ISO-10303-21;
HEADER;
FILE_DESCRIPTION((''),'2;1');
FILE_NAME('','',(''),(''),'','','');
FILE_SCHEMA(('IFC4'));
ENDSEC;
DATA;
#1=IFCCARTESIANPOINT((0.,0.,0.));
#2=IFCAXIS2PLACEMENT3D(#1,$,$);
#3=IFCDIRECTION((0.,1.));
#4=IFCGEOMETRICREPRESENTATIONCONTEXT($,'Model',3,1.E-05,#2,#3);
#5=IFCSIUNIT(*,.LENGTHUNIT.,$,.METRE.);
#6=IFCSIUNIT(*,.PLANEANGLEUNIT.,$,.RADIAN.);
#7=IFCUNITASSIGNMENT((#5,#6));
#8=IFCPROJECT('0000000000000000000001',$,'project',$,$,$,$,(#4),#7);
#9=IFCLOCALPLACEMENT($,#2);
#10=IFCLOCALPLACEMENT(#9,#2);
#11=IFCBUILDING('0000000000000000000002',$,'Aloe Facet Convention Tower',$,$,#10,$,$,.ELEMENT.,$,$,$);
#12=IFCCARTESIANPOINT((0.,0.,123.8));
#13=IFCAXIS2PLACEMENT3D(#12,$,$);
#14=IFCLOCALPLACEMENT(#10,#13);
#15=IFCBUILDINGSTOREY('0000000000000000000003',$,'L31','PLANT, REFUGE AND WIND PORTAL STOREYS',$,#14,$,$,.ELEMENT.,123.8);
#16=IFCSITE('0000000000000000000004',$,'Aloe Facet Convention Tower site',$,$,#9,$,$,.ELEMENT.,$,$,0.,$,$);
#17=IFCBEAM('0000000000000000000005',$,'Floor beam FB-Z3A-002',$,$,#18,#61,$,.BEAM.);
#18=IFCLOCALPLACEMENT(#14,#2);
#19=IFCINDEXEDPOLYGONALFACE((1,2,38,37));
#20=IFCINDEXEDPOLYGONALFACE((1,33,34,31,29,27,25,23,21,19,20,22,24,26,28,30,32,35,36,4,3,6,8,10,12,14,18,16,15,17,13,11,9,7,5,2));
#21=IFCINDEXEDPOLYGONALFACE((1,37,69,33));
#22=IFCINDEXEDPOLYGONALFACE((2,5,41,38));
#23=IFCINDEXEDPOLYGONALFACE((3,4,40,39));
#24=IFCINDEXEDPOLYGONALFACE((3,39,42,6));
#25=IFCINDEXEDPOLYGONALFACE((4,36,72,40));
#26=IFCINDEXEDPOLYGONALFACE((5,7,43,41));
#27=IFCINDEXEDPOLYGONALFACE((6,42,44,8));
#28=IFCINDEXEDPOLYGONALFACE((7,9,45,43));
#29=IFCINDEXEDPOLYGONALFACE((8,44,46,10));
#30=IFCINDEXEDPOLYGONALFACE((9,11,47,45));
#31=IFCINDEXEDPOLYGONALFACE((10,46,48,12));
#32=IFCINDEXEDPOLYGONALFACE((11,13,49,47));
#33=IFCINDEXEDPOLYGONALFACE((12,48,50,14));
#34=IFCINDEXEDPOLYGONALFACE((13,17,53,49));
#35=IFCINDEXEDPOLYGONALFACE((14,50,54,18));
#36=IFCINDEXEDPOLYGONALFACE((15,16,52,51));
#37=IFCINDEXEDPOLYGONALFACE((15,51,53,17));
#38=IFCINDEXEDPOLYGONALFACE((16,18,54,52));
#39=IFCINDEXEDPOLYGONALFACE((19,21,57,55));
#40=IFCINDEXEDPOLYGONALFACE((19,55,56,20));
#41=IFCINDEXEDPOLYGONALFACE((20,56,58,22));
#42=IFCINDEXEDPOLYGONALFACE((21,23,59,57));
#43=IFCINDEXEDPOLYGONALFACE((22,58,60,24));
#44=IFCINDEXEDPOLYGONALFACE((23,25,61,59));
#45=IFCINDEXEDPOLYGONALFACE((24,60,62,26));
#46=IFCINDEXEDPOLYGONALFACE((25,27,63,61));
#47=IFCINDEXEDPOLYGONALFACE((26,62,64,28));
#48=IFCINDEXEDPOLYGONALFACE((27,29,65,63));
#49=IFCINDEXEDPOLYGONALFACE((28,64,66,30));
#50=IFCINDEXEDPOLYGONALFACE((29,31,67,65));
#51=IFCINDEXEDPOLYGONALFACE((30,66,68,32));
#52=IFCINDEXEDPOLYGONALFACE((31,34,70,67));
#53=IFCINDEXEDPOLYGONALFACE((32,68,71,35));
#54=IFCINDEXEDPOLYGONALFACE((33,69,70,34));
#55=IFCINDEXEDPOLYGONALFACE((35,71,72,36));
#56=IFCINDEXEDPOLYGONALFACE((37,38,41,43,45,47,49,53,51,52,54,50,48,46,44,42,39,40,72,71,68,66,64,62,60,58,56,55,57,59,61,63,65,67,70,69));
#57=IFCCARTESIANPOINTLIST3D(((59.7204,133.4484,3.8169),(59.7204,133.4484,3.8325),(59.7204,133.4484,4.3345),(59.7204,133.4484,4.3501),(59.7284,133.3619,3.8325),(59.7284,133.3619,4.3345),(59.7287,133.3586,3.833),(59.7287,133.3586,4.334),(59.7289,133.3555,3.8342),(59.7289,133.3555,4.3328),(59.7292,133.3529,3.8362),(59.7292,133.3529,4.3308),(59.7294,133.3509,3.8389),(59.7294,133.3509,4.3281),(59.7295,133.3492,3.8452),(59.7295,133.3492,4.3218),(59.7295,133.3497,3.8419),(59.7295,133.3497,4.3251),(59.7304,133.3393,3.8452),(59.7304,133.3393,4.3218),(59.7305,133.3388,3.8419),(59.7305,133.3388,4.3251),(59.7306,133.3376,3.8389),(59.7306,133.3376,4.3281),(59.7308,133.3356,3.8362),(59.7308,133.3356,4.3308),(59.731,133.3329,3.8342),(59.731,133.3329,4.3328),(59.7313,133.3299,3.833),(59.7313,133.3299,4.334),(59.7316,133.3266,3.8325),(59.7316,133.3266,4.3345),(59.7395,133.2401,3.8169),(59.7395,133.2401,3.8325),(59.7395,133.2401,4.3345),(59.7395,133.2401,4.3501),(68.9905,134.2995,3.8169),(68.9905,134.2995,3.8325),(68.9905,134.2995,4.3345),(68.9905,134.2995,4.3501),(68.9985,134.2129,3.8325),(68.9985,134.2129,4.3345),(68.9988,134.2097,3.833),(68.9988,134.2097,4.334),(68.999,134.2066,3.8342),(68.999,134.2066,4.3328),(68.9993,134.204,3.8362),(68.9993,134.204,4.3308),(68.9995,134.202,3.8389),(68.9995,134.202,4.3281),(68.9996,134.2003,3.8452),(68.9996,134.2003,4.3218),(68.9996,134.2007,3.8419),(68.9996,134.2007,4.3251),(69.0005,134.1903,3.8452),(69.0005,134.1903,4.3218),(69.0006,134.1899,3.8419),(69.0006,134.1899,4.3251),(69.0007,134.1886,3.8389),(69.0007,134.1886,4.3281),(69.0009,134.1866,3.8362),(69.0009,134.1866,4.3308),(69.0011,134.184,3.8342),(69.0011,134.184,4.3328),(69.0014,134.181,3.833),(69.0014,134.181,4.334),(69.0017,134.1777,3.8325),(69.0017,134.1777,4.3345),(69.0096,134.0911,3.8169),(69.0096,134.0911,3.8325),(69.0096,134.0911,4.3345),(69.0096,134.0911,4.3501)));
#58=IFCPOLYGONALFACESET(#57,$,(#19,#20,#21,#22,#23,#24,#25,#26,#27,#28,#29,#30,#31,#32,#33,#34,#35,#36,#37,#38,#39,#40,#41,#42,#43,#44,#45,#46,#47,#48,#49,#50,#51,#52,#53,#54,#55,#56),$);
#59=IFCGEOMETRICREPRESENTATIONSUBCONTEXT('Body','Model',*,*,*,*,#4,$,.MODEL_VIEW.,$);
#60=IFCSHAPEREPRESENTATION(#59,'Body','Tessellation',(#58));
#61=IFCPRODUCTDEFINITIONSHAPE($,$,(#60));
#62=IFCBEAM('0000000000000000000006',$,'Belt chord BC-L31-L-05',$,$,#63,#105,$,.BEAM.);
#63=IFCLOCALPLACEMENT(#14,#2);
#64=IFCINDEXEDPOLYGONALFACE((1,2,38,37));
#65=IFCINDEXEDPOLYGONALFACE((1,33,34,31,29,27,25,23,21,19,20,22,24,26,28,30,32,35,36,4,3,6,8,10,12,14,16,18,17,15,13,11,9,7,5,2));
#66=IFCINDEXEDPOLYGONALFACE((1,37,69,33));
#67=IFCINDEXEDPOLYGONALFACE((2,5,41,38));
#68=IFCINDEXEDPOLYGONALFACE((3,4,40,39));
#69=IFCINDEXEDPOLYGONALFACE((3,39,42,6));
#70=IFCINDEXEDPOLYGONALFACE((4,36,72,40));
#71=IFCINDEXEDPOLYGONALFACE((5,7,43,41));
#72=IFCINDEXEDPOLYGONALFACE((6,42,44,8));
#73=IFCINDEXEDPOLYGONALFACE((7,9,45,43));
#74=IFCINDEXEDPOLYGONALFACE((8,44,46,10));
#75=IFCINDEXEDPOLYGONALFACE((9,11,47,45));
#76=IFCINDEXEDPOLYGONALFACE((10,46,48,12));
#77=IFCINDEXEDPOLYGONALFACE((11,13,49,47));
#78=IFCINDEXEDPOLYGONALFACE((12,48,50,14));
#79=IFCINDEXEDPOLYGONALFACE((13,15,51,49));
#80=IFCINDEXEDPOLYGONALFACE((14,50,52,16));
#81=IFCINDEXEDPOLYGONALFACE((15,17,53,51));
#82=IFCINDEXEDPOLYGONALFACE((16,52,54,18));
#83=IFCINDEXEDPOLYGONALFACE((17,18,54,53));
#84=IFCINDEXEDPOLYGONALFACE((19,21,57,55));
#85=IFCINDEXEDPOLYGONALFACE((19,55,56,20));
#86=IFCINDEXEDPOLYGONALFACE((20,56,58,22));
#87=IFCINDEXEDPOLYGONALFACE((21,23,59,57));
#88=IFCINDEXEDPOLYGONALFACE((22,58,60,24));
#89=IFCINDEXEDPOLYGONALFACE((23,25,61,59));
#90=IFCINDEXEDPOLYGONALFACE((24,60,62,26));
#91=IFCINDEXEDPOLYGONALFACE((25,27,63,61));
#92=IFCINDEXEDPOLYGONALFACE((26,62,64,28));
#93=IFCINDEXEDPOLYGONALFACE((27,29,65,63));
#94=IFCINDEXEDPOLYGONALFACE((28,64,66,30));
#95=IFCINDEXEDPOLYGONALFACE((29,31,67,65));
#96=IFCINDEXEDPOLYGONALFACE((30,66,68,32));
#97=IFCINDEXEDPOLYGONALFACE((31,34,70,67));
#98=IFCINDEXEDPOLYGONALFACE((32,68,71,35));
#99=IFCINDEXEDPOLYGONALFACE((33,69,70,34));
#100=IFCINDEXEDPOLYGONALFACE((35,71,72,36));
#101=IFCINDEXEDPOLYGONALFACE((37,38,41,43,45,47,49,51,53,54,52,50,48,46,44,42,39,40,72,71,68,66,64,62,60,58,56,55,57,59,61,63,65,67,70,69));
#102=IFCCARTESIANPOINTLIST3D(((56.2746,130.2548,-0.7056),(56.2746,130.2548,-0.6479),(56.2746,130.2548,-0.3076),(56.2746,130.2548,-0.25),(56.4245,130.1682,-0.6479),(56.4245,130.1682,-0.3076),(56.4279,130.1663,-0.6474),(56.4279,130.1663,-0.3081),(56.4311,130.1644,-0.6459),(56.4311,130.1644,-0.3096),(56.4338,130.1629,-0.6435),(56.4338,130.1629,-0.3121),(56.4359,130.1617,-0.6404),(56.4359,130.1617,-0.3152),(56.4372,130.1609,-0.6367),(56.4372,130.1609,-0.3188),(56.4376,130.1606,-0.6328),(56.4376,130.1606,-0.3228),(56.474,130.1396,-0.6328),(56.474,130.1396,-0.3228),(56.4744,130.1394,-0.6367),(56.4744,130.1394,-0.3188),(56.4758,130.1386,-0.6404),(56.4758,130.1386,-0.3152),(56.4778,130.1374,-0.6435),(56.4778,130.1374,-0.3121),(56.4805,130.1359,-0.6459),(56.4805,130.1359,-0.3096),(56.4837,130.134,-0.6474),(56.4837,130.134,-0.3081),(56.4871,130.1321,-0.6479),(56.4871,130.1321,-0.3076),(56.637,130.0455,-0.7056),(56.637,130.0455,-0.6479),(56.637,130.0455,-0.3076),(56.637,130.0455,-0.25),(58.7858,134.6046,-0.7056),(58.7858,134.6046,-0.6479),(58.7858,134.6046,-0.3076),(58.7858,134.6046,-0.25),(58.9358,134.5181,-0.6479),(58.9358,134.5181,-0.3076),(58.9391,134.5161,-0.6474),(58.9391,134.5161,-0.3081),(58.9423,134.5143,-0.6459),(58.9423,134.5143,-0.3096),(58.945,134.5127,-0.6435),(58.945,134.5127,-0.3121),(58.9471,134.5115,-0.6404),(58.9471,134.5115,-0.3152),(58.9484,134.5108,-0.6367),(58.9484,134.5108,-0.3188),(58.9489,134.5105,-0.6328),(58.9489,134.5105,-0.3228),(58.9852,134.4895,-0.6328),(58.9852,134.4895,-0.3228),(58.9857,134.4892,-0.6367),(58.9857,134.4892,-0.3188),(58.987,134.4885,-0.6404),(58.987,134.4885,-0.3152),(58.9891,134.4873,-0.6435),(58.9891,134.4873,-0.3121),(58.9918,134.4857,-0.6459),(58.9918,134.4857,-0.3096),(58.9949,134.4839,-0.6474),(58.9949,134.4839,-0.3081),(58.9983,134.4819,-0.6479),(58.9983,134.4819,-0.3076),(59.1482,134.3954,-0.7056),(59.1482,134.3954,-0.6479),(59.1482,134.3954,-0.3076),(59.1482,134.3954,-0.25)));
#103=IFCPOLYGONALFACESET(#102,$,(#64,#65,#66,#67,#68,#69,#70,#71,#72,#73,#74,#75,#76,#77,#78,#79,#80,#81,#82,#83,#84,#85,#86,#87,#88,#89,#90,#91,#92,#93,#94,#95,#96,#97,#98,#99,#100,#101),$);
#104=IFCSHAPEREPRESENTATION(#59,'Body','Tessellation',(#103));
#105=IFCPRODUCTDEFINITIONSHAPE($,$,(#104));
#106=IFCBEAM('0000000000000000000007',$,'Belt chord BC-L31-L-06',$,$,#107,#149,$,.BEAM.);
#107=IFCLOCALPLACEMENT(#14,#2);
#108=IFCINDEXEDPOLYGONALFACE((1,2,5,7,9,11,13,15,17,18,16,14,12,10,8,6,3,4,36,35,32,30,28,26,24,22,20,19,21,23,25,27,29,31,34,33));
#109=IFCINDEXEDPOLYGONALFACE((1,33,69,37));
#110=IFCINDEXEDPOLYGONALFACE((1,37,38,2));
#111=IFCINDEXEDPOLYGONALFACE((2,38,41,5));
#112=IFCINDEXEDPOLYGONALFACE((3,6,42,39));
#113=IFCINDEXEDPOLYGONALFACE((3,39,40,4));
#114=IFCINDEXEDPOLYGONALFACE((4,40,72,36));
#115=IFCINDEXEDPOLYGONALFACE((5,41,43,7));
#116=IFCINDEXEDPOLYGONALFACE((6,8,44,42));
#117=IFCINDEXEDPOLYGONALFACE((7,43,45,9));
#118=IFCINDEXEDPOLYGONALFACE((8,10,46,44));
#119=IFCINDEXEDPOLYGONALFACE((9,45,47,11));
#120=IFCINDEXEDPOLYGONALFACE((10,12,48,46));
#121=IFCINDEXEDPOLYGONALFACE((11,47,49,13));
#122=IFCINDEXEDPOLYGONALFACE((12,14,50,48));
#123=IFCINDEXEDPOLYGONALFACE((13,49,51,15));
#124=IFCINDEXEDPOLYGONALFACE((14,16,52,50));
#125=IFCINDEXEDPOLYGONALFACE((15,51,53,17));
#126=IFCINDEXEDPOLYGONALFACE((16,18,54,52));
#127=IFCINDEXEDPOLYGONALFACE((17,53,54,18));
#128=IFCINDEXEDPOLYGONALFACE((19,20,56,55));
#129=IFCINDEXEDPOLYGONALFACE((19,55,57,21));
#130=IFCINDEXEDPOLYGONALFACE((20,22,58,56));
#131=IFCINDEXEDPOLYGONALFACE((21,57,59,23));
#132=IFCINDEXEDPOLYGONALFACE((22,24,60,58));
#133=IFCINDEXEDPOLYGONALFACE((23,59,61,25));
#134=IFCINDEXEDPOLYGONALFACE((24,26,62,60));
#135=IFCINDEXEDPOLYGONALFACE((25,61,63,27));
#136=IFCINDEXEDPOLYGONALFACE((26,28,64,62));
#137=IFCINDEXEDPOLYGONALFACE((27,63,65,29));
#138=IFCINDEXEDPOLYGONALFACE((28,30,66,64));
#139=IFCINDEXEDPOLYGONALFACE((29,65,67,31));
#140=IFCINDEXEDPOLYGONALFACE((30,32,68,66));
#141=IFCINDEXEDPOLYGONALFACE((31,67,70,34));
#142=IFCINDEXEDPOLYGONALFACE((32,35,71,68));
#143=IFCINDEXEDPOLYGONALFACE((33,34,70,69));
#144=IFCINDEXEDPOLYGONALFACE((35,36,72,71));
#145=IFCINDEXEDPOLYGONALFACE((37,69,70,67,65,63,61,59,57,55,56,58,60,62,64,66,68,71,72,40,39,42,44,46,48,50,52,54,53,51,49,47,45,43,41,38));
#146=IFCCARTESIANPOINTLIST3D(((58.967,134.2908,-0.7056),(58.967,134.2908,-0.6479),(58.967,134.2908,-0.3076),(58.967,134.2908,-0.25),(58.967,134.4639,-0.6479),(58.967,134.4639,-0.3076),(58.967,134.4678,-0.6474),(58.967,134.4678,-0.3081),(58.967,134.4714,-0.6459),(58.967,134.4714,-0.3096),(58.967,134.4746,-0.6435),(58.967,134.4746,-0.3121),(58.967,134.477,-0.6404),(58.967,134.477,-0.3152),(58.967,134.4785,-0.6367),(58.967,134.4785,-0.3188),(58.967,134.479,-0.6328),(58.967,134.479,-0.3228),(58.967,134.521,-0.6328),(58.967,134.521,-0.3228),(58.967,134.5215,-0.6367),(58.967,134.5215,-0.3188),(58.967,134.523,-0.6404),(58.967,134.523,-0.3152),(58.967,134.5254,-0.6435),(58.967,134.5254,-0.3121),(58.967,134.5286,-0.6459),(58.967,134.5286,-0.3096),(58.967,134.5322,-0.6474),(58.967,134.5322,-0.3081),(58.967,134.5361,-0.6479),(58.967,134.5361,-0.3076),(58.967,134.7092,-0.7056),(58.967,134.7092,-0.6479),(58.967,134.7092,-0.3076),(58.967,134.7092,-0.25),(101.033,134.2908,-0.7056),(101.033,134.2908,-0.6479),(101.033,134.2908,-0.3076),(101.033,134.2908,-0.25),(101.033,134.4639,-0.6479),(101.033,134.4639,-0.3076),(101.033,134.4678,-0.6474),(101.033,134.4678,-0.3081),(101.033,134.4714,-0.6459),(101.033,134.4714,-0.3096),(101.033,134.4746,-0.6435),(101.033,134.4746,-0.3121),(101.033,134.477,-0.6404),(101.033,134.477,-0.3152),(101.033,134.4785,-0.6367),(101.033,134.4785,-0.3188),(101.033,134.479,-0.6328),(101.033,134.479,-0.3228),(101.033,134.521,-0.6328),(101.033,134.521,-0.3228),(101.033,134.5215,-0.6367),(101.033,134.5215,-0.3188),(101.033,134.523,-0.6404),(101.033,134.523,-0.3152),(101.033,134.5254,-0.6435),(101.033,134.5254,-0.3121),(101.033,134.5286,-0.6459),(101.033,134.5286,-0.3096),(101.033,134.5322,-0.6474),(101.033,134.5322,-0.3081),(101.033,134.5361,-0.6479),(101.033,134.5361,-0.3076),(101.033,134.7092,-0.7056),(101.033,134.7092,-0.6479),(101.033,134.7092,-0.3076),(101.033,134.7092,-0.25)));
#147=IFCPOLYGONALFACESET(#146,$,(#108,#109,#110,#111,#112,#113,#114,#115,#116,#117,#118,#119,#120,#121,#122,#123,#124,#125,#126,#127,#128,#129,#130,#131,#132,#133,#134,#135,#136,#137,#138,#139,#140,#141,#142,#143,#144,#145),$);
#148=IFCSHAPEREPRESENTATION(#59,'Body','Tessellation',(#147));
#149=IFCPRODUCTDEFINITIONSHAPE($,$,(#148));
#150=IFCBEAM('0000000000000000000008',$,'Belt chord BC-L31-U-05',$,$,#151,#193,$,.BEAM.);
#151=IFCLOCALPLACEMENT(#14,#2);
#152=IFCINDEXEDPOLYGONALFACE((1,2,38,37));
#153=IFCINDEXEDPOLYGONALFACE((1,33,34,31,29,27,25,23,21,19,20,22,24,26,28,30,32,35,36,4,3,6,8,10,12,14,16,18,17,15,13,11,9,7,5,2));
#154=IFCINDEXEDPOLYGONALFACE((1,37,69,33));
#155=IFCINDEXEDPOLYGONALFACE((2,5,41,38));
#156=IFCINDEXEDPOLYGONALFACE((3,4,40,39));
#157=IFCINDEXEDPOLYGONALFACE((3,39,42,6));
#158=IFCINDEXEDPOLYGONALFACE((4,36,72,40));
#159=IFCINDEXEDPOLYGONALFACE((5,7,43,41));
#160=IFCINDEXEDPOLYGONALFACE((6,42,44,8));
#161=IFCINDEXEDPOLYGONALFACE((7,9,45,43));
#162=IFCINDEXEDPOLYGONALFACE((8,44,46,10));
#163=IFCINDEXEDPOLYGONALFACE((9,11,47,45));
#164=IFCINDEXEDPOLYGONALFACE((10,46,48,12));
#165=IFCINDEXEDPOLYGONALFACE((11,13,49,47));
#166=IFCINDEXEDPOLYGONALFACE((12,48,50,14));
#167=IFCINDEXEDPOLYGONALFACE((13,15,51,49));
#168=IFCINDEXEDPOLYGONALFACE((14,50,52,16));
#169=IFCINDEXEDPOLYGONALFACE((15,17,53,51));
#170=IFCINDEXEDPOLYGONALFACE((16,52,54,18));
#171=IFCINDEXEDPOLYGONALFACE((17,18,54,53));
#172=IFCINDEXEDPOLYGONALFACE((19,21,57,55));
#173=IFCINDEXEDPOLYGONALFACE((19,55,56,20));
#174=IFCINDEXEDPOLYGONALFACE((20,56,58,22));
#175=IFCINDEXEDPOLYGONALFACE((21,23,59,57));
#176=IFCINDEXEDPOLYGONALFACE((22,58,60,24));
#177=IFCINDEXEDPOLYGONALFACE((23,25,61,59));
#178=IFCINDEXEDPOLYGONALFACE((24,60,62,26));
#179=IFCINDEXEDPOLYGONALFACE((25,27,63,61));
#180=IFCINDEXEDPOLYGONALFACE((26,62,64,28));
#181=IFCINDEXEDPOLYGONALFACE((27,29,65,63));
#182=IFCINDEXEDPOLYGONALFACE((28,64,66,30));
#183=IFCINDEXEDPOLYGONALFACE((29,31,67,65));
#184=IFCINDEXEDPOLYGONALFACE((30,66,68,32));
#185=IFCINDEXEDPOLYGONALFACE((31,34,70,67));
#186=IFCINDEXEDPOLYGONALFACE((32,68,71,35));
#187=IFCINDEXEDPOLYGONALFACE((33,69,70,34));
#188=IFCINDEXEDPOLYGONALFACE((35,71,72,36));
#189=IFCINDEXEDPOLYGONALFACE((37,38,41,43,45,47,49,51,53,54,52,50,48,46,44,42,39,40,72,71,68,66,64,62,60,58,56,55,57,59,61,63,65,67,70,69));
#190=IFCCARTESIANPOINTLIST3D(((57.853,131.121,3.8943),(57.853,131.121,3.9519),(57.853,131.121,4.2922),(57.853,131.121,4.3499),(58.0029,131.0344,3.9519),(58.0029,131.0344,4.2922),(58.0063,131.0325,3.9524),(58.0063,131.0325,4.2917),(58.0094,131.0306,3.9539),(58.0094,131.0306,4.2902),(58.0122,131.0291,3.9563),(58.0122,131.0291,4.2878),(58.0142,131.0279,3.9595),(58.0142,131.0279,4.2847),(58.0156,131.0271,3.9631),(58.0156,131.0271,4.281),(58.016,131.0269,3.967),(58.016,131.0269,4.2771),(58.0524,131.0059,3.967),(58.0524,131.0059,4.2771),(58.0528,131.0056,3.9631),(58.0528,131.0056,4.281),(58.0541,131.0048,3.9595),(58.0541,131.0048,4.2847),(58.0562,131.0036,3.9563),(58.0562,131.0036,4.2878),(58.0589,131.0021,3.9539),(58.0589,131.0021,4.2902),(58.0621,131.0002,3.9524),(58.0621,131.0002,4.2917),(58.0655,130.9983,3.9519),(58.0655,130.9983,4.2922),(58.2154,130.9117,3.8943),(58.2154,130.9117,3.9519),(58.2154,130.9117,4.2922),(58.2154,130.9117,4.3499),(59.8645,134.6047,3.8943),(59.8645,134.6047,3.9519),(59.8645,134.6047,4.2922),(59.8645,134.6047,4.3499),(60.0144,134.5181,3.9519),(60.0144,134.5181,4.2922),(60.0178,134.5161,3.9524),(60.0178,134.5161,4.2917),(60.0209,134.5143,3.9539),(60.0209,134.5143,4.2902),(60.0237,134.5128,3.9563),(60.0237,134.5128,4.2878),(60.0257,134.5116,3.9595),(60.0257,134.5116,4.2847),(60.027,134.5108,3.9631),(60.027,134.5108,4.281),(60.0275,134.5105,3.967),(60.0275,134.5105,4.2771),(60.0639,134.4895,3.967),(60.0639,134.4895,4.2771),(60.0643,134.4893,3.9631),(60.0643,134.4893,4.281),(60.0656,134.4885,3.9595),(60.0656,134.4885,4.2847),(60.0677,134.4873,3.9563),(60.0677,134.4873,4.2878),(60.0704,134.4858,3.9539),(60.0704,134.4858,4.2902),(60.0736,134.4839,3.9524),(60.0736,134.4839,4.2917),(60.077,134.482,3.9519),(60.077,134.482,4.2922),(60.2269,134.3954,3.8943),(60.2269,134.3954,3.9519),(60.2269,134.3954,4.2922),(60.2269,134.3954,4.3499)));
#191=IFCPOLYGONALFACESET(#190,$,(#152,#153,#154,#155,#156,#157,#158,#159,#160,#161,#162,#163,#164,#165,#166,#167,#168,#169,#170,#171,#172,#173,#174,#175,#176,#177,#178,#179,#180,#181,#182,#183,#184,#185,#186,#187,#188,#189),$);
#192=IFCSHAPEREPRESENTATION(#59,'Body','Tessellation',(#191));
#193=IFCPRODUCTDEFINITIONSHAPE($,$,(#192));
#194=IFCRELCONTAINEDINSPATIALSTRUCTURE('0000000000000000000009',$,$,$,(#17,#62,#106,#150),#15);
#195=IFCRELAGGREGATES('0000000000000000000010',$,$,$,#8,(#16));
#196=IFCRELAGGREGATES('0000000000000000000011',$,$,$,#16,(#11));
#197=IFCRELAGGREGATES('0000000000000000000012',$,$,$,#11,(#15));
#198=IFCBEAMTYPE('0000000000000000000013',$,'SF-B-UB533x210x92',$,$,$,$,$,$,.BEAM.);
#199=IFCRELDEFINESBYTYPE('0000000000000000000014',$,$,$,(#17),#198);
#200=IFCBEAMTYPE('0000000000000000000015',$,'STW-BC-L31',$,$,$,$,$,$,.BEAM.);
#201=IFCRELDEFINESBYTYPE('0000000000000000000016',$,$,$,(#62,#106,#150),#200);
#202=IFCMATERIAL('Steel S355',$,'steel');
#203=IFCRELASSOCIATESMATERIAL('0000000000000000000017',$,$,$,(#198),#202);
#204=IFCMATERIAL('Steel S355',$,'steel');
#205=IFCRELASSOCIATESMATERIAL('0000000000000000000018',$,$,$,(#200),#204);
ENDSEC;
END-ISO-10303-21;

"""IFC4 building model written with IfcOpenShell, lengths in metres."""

from ifc_helpers import new_model, si_unit, direction, frame, origin, origin_2d, place, context, subcontext, project, spatial, i_section, extrude, material, material_profile, profile_set, type_object, element, save


model = new_model("IFC4")

# Units and contexts
model_context = context("Model", 3, precision=1e-05, world=origin(), true_north=direction((0.0, 1.0)))
body_context = subcontext(model_context, "Body", "Model", "MODEL_VIEW")
ifc_project = project(units=[si_unit("LENGTHUNIT", "METRE"), si_unit("PLANEANGLEUNIT", "RADIAN")], contexts=[model_context])

# Site, building, storey
site_placement = place(None, origin())
site = spatial("IfcSite", under=ifc_project, at=site_placement, Name="Aloe Facet Convention Tower site", CompositionType="ELEMENT", RefElevation=0.0)
building_placement = place(site_placement, origin())
building = spatial("IfcBuilding", under=site, at=building_placement, Name="Aloe Facet Convention Tower", CompositionType="ELEMENT")
storey_placement = place(building_placement, frame((0.0, 0.0, 123.8)))
storey = spatial("IfcBuildingStorey", under=building, at=storey_placement, Name="L31", Description="PLANT, REFUGE AND WIND PORTAL STOREYS", CompositionType="ELEMENT", Elevation=123.8)

# Beams
ifc_material_1 = material(Name="Steel S355", Category="steel")
ifc_material_profile_1 = material_profile(ifc_material_1, i_section(OverallWidth=0.2092, OverallDepth=0.5332, WebThickness=0.01, FlangeThickness=0.0156, FilletRadius=0.0127, at=origin_2d()), Name="UB 533x210x92")
ifc_profile_set_1 = profile_set([ifc_material_profile_1], Name="Steel S355")
beam_type_1 = type_object("IfcBeamType", Name="SF-B-UB533x210x92", PredefinedType="BEAM", material=ifc_profile_set_1)
beam_1_placement = place(storey_placement, frame((59.73, 133.3442, 4.0835), z_axis=(0.995812, 0.091425, 0.0), x_axis=(-0.091425, 0.995812, 0.0)))
element("IfcBeam", 1, at=beam_1_placement, inside=storey, type_object=beam_type_1, Name="Floor beam FB-Z3A-002", PredefinedType="BEAM", context=body_context, shape_type="SweptSolid", body=[
    extrude(i_section(OverallWidth=0.2092, OverallDepth=0.5332, WebThickness=0.01, FlangeThickness=0.0156, FilletRadius=0.0127, at=origin_2d()), origin(), (0.0, 0.0, 1.0), 9.3091),
])
ifc_material_2 = material(Name="Steel S355", Category="steel")
ifc_material_profile_2 = material_profile(ifc_material_2, i_section(OverallWidth=0.4185, OverallDepth=0.4556, WebThickness=0.042, FlangeThickness=0.0576, FilletRadius=0.0151, at=origin_2d()), Name="UC 356x406x551")
ifc_profile_set_2 = profile_set([ifc_material_profile_2], Name="Steel S355")
beam_type_2 = type_object("IfcBeamType", Name="STW-BC-L31", PredefinedType="BEAM", material=ifc_profile_set_2)
beam_2_placement = place(storey_placement, frame((56.4558, 130.1501, -0.4778), z_axis=(0.499976, 0.866039, 0.0), x_axis=(-0.866039, 0.499976, 0.0)))
element("IfcBeam", 2, at=beam_2_placement, inside=storey, type_object=beam_type_2, Name="Belt chord BC-L31-L-05", PredefinedType="BEAM", context=body_context, shape_type="SweptSolid", body=[
    extrude(i_section(OverallWidth=0.4185, OverallDepth=0.4556, WebThickness=0.042, FlangeThickness=0.0576, FilletRadius=0.0151, at=origin_2d()), origin(), (0.0, 0.0, 1.0), 5.0227),
])
beam_3_placement = place(storey_placement, frame((58.967, 134.5, -0.4778), z_axis=(1.0, 0.0, 0.0), x_axis=(0.0, 1.0, 0.0)))
element("IfcBeam", 3, at=beam_3_placement, inside=storey, type_object=beam_type_2, Name="Belt chord BC-L31-L-06", PredefinedType="BEAM", context=body_context, shape_type="SweptSolid", body=[
    extrude(i_section(OverallWidth=0.4185, OverallDepth=0.4556, WebThickness=0.042, FlangeThickness=0.0576, FilletRadius=0.0151, at=origin_2d()), origin(), (0.0, 0.0, 1.0), 42.0659),
])
beam_4_placement = place(storey_placement, frame((58.0342, 131.0164, 4.1221), z_axis=(0.500036, 0.866005, 0.0), x_axis=(-0.866005, 0.500036, 0.0)))
element("IfcBeam", 4, at=beam_4_placement, inside=storey, type_object=beam_type_2, Name="Belt chord BC-L31-U-05", PredefinedType="BEAM", context=body_context, shape_type="SweptSolid", body=[
    extrude(i_section(OverallWidth=0.4185, OverallDepth=0.4556, WebThickness=0.042, FlangeThickness=0.0576, FilletRadius=0.0151, at=origin_2d()), origin(), (0.0, 0.0, 1.0), 4.0227),
])

save(model, "model.ifc")
